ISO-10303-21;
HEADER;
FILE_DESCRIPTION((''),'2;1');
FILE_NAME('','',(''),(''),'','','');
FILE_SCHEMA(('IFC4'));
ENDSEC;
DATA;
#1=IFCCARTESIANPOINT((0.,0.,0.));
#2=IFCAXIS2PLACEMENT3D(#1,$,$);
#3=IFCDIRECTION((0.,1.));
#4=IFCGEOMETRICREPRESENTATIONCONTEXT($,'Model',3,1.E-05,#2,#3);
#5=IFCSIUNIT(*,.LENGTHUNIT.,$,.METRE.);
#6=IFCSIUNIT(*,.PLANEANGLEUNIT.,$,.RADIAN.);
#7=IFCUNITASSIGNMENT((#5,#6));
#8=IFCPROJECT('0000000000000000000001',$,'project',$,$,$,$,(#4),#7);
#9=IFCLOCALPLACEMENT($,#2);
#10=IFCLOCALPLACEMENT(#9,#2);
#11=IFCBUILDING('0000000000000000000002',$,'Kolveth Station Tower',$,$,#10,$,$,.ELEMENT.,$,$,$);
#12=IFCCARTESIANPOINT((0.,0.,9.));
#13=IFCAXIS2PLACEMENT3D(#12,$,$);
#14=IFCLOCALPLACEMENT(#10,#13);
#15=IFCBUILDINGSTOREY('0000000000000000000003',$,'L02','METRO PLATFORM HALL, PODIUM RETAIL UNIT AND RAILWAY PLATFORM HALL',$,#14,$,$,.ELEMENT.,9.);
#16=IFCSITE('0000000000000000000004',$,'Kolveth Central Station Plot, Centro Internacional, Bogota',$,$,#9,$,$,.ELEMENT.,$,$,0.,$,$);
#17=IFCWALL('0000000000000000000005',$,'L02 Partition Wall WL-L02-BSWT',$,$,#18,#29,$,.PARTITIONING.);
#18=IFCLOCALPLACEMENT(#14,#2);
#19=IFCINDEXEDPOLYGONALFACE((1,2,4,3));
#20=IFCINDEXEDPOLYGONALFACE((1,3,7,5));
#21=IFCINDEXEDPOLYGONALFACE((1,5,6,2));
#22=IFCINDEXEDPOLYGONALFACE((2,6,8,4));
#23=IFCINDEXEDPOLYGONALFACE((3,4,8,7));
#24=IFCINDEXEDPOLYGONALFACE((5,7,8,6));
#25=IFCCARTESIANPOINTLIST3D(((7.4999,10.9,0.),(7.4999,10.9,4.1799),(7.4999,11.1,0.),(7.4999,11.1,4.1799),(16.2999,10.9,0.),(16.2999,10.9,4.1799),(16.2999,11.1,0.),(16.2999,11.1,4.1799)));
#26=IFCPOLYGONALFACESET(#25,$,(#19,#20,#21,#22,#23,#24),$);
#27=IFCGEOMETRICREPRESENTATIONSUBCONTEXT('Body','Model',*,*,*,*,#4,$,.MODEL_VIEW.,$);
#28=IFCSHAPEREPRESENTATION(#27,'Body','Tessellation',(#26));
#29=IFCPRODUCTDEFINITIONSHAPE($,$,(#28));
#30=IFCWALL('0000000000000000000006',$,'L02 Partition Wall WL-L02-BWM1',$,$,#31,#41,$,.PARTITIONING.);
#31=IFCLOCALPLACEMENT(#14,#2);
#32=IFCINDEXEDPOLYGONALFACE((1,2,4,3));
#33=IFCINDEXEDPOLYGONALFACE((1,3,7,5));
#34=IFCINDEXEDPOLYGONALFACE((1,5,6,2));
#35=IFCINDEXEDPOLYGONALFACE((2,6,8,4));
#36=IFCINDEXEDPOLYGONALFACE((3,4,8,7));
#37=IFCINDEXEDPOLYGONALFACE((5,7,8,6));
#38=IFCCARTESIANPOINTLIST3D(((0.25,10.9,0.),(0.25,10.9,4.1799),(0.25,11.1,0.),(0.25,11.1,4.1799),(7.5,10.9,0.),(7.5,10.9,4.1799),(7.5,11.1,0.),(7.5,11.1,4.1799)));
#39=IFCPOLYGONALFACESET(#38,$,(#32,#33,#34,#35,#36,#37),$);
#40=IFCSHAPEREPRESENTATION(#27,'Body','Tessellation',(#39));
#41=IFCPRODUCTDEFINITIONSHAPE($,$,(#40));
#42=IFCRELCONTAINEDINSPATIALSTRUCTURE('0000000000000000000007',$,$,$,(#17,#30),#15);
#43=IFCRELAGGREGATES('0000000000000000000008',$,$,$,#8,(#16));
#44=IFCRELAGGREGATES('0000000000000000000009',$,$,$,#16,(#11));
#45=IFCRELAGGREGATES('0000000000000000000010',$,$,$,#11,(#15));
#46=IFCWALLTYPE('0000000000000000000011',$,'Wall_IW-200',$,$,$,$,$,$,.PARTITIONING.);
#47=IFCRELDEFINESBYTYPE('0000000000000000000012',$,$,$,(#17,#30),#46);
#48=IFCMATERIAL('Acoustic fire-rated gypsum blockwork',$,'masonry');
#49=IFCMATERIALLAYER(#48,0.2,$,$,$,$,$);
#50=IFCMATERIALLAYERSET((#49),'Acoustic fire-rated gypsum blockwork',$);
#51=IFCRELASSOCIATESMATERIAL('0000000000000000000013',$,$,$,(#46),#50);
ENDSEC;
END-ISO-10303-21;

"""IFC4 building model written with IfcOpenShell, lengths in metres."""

from ifc_helpers import new_model, si_unit, direction, frame, frame_2d, origin, place, context, subcontext, project, spatial, rectangle, extrude, material, layer, layer_set, type_object, element, save


model = new_model("IFC4")

# Units and contexts
model_context = context("Model", 3, precision=1e-05, world=origin(), true_north=direction((0.0, 1.0)))
body_context = subcontext(model_context, "Body", "Model", "MODEL_VIEW")
ifc_project = project(units=[si_unit("LENGTHUNIT", "METRE"), si_unit("PLANEANGLEUNIT", "RADIAN")], contexts=[model_context])

# Site, building, storey
site_placement = place(None, origin())
site = spatial("IfcSite", under=ifc_project, at=site_placement, Name="Kolveth Central Station Plot, Centro Internacional, Bogota", CompositionType="ELEMENT", RefElevation=0.0)
building_placement = place(site_placement, origin())
building = spatial("IfcBuilding", under=site, at=building_placement, Name="Kolveth Station Tower", CompositionType="ELEMENT")
storey_placement = place(building_placement, frame((0.0, 0.0, 9.0)))
storey = spatial("IfcBuildingStorey", under=building, at=storey_placement, Name="L02", Description="METRO PLATFORM HALL, PODIUM RETAIL UNIT AND RAILWAY PLATFORM HALL", CompositionType="ELEMENT", Elevation=9.0)

# Shared definitions
ifc_material_1 = material(Name="Acoustic fire-rated gypsum blockwork", Category="masonry")
ifc_layer = layer(ifc_material_1, 0.2)
ifc_layer_set = layer_set([ifc_layer], Name="Acoustic fire-rated gypsum blockwork")
wall_type = type_object("IfcWallType", Name="Wall_IW-200", PredefinedType="PARTITIONING", material=ifc_layer_set)

# Walls
wall_1_placement = place(storey_placement, frame((7.5, 11.0, 0.0), z_axis=(0.0, 0.0, 1.0), x_axis=(1.0, 0.0, 0.0)))
element("IfcWall", 1, at=wall_1_placement, inside=storey, type_object=wall_type, Name="L02 Partition Wall WL-L02-BSWT", PredefinedType="PARTITIONING", context=body_context, shape_type="SweptSolid", body=[
    extrude(rectangle(XDim=8.8, YDim=0.2, at=frame_2d((4.3999, 0.0))), origin(), (0.0, 0.0, 1.0), 4.1799),
])
wall_2_placement = place(storey_placement, frame((0.25, 11.0, 0.0), z_axis=(0.0, 0.0, 1.0), x_axis=(1.0, 0.0, 0.0)))
element("IfcWall", 2, at=wall_2_placement, inside=storey, type_object=wall_type, Name="L02 Partition Wall WL-L02-BWM1", PredefinedType="PARTITIONING", context=body_context, shape_type="SweptSolid", body=[
    extrude(rectangle(XDim=7.25, YDim=0.2, at=frame_2d((3.625, 0.0))), origin(), (0.0, 0.0, 1.0), 4.1799),
])

save(model, "model.ifc")
